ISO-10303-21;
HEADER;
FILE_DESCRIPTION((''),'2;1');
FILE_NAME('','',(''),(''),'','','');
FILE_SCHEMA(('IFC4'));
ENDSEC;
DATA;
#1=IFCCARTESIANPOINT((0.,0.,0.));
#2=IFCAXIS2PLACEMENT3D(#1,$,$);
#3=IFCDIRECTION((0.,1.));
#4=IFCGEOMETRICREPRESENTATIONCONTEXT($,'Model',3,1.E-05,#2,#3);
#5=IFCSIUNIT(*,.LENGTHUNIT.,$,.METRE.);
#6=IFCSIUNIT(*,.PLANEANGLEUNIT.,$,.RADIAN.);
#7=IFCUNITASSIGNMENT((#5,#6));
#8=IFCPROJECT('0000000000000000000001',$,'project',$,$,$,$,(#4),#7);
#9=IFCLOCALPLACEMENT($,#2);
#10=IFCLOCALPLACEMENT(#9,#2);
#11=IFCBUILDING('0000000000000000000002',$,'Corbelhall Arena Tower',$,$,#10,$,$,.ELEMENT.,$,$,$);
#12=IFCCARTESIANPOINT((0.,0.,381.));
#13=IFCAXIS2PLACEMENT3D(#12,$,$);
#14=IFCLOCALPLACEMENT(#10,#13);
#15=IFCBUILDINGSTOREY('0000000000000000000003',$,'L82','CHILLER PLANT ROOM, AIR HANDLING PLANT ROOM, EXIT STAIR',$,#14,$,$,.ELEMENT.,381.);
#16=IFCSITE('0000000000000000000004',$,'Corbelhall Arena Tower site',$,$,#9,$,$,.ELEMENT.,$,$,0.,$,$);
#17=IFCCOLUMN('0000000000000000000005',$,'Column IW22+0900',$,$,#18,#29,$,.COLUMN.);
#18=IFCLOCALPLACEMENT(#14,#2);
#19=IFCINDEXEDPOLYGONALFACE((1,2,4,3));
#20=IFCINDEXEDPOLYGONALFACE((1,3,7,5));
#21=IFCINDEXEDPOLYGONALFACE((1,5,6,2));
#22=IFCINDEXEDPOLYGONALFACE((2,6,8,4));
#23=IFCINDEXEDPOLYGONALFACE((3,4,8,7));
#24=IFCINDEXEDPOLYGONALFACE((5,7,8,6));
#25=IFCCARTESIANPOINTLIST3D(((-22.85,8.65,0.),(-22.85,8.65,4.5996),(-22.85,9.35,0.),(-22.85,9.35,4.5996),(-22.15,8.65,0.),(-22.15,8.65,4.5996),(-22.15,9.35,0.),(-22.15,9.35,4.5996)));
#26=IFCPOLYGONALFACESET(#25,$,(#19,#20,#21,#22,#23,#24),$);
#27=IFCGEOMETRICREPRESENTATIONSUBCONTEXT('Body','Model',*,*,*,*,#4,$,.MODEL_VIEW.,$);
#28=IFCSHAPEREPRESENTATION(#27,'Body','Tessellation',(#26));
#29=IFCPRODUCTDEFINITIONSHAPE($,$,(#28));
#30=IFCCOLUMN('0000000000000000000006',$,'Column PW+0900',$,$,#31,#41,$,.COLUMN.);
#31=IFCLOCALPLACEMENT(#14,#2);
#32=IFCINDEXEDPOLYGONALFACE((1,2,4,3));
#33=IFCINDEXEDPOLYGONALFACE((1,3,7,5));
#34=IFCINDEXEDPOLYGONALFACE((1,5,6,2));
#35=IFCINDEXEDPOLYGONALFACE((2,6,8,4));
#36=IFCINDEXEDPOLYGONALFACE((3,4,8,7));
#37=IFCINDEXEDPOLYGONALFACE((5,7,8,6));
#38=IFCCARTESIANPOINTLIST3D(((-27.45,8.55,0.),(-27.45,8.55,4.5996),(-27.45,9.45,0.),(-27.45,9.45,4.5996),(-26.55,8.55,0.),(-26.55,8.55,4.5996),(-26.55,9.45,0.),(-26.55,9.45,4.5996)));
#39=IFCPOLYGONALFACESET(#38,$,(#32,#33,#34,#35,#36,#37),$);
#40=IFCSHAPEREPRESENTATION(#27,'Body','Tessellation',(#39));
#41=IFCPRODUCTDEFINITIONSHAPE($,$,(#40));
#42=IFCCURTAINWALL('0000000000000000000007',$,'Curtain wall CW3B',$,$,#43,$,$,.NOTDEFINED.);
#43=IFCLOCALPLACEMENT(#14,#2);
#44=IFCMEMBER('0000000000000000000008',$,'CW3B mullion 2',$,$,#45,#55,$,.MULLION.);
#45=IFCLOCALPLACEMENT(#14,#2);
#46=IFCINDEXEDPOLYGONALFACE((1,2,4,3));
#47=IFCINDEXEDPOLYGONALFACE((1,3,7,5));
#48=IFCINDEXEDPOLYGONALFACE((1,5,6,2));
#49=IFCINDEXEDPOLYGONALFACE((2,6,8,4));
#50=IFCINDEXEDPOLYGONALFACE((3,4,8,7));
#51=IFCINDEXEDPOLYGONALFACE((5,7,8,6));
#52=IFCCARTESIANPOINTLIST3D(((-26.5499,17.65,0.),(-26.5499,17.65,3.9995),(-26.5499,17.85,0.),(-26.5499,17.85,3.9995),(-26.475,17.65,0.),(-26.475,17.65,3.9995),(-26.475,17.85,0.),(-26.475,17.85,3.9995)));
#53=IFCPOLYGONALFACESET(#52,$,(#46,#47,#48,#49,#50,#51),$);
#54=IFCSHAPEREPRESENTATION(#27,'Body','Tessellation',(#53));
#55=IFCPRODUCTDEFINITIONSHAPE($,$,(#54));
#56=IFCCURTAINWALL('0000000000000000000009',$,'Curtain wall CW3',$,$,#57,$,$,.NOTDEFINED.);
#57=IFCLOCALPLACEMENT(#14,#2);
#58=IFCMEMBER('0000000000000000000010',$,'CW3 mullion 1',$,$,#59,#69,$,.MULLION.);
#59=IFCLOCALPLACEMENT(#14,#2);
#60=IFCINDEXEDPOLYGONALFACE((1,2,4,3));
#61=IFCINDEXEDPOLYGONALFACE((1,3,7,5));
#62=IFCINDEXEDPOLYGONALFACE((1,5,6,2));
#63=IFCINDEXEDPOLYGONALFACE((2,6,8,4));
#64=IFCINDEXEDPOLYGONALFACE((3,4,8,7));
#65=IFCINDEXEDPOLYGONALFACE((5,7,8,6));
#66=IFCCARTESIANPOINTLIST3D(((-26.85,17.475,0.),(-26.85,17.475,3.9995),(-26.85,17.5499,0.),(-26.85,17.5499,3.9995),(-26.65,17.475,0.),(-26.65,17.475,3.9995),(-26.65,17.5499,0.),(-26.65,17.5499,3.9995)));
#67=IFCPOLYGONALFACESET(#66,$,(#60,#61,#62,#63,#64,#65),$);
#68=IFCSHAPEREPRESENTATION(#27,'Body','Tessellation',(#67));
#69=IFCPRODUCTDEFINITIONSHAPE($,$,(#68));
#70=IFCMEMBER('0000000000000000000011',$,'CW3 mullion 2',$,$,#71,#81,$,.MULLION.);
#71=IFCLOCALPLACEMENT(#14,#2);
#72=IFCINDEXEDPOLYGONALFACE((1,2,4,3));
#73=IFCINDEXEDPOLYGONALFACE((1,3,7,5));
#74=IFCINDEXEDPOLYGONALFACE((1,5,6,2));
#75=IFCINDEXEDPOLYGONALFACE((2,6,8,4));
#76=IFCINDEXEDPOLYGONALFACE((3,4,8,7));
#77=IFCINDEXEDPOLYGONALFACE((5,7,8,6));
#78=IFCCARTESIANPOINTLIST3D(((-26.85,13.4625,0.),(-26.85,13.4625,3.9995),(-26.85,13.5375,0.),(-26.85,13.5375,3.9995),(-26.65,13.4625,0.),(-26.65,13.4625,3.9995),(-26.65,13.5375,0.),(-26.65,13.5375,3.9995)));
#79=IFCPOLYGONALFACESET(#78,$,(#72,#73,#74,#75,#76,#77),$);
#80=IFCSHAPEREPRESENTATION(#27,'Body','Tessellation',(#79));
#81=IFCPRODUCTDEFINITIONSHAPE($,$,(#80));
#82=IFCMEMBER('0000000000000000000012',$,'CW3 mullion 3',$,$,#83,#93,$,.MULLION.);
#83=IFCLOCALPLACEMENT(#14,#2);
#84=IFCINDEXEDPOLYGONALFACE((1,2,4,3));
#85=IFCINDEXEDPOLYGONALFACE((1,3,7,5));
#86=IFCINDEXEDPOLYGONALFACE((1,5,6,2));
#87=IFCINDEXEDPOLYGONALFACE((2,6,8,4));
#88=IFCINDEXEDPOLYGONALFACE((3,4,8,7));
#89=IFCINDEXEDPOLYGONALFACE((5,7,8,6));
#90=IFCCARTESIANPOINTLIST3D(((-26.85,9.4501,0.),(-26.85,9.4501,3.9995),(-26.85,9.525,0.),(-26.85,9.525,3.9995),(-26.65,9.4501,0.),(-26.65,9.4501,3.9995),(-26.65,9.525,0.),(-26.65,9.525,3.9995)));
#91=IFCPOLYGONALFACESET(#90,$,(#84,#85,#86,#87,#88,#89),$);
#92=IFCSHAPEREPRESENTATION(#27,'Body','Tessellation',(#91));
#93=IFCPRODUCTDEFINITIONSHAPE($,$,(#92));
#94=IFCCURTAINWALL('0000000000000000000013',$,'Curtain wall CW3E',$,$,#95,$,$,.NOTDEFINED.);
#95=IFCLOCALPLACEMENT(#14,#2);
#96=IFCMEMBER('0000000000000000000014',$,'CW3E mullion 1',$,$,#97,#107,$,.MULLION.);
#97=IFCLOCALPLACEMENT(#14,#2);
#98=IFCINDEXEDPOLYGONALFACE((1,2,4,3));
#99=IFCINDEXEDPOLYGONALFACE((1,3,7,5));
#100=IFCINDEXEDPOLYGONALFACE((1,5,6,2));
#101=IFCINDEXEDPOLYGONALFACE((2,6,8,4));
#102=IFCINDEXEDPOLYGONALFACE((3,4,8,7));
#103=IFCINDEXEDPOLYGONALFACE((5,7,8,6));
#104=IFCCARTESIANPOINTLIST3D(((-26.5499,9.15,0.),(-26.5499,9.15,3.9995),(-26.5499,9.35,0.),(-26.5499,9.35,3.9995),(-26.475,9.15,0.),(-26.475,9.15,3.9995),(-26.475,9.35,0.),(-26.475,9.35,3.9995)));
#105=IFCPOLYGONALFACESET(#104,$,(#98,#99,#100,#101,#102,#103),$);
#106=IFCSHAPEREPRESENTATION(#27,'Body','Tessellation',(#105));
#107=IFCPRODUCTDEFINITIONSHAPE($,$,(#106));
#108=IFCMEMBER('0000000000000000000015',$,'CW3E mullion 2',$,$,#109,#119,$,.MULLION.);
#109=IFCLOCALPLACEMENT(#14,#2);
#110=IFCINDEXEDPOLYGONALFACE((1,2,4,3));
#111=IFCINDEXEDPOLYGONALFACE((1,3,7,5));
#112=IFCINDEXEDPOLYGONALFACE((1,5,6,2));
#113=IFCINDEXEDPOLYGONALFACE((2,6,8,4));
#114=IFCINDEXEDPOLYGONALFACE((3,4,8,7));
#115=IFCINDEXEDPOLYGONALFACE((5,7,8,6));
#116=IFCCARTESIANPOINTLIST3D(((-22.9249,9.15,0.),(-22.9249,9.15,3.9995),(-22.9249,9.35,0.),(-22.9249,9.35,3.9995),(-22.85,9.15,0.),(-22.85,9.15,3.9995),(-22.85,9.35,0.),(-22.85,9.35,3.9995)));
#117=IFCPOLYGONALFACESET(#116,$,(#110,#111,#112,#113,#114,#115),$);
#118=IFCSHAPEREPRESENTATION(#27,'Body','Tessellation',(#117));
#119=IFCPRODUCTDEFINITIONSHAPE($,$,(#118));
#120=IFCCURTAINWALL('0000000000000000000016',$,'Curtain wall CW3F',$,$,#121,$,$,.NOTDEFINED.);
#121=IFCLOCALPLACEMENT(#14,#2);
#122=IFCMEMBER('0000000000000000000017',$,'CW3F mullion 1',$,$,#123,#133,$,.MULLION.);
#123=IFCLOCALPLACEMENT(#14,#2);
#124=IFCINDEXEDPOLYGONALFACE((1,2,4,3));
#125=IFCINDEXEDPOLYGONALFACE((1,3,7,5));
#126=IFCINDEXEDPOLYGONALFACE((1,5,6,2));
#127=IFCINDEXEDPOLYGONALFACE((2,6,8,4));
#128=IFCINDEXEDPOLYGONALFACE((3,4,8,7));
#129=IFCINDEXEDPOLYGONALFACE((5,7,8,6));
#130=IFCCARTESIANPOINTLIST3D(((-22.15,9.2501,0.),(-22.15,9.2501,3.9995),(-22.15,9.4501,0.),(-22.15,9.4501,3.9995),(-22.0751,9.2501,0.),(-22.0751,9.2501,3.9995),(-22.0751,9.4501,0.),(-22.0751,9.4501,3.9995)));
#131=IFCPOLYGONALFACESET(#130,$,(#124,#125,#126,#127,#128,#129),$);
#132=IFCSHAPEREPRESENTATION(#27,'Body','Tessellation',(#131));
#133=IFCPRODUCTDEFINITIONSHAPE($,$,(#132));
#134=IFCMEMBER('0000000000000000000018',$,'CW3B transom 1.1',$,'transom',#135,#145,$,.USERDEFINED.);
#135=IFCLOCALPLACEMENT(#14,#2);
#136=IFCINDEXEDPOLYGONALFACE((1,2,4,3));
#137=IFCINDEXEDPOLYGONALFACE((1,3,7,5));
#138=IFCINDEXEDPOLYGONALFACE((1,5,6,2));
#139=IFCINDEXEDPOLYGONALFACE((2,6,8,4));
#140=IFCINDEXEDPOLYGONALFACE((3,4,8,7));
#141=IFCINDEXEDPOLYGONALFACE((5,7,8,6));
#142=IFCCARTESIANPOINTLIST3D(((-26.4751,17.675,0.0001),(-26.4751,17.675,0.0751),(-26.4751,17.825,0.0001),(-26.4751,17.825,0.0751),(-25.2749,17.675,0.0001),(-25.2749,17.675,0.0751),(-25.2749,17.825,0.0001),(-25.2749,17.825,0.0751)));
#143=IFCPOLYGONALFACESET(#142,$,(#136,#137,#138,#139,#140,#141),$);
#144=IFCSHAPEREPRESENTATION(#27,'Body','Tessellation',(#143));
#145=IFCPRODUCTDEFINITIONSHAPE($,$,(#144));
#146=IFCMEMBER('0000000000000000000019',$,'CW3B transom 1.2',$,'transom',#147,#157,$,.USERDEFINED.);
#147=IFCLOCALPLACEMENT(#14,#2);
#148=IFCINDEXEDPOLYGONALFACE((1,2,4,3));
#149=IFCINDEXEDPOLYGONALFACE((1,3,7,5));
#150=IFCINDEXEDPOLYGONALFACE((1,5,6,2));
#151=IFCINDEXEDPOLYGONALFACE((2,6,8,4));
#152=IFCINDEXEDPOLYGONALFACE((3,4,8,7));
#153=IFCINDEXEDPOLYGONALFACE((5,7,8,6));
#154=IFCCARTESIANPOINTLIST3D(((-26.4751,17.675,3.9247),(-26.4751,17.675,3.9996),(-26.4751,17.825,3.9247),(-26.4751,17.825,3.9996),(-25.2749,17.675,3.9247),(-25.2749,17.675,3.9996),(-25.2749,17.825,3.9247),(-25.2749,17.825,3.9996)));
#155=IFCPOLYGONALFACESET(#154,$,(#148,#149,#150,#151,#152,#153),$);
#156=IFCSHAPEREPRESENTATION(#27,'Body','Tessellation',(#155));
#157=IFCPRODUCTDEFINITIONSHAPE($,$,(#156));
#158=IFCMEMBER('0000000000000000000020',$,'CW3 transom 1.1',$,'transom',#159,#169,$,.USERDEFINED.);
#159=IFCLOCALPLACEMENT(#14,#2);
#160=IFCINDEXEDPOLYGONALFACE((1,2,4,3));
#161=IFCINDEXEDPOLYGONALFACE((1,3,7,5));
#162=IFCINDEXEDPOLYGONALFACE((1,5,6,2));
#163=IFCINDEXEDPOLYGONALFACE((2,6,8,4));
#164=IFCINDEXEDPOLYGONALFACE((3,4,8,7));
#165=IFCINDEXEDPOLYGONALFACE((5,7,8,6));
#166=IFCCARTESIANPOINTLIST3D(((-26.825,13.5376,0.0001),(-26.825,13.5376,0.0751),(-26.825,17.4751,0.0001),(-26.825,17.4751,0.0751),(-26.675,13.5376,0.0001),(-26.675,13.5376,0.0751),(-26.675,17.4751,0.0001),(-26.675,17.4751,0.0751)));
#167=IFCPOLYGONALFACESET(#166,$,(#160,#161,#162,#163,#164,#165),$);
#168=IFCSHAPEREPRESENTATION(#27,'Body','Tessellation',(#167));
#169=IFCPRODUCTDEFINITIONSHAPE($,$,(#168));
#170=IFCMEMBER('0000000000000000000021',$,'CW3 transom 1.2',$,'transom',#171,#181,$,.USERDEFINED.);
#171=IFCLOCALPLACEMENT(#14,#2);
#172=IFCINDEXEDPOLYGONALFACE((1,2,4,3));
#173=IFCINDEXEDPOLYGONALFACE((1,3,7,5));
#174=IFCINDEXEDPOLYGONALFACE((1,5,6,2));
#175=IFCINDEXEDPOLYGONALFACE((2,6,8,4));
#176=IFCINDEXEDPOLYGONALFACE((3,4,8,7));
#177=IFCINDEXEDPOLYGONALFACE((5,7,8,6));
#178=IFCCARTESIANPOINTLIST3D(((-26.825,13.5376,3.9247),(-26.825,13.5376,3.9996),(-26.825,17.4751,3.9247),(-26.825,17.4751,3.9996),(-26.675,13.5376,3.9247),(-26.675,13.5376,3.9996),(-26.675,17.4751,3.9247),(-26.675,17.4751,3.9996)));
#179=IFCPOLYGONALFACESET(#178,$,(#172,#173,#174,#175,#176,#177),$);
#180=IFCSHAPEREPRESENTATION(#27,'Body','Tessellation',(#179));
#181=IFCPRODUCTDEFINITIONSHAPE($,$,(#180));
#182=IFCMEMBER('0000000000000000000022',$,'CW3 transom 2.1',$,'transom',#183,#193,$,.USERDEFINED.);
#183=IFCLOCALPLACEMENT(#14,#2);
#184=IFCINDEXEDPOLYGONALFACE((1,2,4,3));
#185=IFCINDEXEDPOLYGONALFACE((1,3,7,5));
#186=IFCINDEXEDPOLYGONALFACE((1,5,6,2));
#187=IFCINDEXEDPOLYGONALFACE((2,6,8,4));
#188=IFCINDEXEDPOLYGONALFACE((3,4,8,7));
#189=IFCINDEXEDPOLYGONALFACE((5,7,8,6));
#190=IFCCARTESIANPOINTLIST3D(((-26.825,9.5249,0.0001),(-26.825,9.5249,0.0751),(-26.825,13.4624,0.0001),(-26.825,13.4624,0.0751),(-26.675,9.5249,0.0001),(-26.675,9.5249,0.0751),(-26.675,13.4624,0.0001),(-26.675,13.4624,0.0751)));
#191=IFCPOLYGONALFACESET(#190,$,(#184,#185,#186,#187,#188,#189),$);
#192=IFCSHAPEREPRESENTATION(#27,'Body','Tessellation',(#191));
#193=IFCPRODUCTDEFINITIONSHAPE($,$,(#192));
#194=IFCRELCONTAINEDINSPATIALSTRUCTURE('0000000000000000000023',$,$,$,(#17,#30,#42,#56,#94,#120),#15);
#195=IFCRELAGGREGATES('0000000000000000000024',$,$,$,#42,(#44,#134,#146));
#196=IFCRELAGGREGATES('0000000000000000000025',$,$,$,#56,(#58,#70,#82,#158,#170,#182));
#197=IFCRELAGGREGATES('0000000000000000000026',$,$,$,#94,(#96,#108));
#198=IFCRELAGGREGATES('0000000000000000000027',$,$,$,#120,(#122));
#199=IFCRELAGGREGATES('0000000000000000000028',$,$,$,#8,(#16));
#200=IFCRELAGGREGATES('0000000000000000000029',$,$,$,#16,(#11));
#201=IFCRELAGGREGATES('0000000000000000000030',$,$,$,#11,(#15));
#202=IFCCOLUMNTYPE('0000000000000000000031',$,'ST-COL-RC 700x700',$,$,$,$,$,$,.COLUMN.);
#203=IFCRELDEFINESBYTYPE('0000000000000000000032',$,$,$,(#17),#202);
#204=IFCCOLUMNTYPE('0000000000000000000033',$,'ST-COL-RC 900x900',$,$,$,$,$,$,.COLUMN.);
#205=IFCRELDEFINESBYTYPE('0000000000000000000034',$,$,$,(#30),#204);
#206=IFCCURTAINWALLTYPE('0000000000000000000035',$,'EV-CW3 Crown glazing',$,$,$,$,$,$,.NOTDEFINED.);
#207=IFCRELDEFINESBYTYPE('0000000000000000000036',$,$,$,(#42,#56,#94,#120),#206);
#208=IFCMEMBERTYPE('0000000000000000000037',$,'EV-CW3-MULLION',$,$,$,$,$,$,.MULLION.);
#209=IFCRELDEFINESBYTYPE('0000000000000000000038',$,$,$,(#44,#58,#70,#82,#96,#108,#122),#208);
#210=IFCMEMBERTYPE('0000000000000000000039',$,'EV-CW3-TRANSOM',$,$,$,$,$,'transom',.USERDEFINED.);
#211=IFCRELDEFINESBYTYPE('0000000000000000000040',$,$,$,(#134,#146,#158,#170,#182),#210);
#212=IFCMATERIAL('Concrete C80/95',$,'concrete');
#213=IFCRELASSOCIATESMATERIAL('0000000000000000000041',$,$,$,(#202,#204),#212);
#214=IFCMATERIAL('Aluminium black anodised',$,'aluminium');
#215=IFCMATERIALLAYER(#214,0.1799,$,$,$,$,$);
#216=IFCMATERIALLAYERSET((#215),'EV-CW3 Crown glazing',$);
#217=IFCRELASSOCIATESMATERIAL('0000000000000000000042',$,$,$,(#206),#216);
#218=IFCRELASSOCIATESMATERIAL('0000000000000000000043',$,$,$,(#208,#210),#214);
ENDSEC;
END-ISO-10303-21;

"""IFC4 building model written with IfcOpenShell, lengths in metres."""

from ifc_helpers import new_model, si_unit, direction, frame, origin, origin_2d, place, context, subcontext, project, spatial, rectangle, extrude, material, layer, layer_set, material_profile, profile_set, type_object, element, aggregate, save


model = new_model("IFC4")

# Units and contexts
model_context = context("Model", 3, precision=1e-05, world=origin(), true_north=direction((0.0, 1.0)))
body_context = subcontext(model_context, "Body", "Model", "MODEL_VIEW")
ifc_project = project(units=[si_unit("LENGTHUNIT", "METRE"), si_unit("PLANEANGLEUNIT", "RADIAN")], contexts=[model_context])

# Site, building, storey
site_placement = place(None, origin())
site = spatial("IfcSite", under=ifc_project, at=site_placement, Name="Corbelhall Arena Tower site", CompositionType="ELEMENT", RefElevation=0.0)
building_placement = place(site_placement, origin())
building = spatial("IfcBuilding", under=site, at=building_placement, Name="Corbelhall Arena Tower", CompositionType="ELEMENT")
storey_placement = place(building_placement, frame((0.0, 0.0, 381.0)))
storey = spatial("IfcBuildingStorey", under=building, at=storey_placement, Name="L82", Description="CHILLER PLANT ROOM, AIR HANDLING PLANT ROOM, EXIT STAIR", CompositionType="ELEMENT", Elevation=381.0)

# Columns
ifc_material_1 = material(Name="Concrete C80/95", Category="concrete")
ifc_material_profile_1 = material_profile(ifc_material_1, rectangle(XDim=0.7, YDim=0.7, at=origin_2d()))
ifc_profile_set_1 = profile_set([ifc_material_profile_1], Name="Concrete C80/95")
column_type_1 = type_object("IfcColumnType", Name="ST-COL-RC 700x700", PredefinedType="COLUMN", material=ifc_profile_set_1)
column_1_placement = place(storey_placement, frame((-22.5, 9.0, 0.0), z_axis=(0.0, 0.0, 1.0), x_axis=(1.0, 0.0, 0.0)))
element("IfcColumn", 1, at=column_1_placement, inside=storey, type_object=column_type_1, Name="Column IW22+0900", PredefinedType="COLUMN", context=body_context, shape_type="SweptSolid", body=[
    extrude(rectangle(XDim=0.7, YDim=0.7, at=origin_2d()), origin(), (0.0, 0.0, 1.0), 4.5996),
])
ifc_material_profile_2 = material_profile(ifc_material_1, rectangle(XDim=0.8999, YDim=0.8999, at=origin_2d()))
ifc_profile_set_2 = profile_set([ifc_material_profile_2], Name="Concrete C80/95")
column_type_2 = type_object("IfcColumnType", Name="ST-COL-RC 900x900", PredefinedType="COLUMN", material=ifc_profile_set_2)
column_2_placement = place(storey_placement, frame((-27.0, 9.0, 0.0), z_axis=(0.0, 0.0, 1.0), x_axis=(0.0, 1.0, 0.0)))
element("IfcColumn", 2, at=column_2_placement, inside=storey, type_object=column_type_2, Name="Column PW+0900", PredefinedType="COLUMN", context=body_context, shape_type="SweptSolid", body=[
    extrude(rectangle(XDim=0.8999, YDim=0.8999, at=origin_2d()), origin(), (0.0, 0.0, 1.0), 4.5996),
])

# Curtain wall, member
ifc_material_2 = material(Name="Aluminium black anodised", Category="aluminium")
ifc_layer_1 = layer(ifc_material_2, 0.1799)
ifc_layer_set_1 = layer_set([ifc_layer_1], Name="EV-CW3 Crown glazing")
curtain_wall_type = type_object("IfcCurtainWallType", Name="EV-CW3 Crown glazing", PredefinedType="NOTDEFINED", material=ifc_layer_set_1)
curtain_wall_1_placement = place(storey_placement, origin())
curtain_wall_1 = element("IfcCurtainWall", 3, at=curtain_wall_1_placement, inside=storey, type_object=curtain_wall_type, Name="Curtain wall CW3B", PredefinedType="NOTDEFINED")
ifc_material_profile_3 = material_profile(ifc_material_2, rectangle(XDim=0.2, YDim=0.075, at=origin_2d()))
ifc_profile_set_3 = profile_set([ifc_material_profile_3], Name="Aluminium black anodised")
member_type_1 = type_object("IfcMemberType", Name="EV-CW3-MULLION", PredefinedType="MULLION", material=ifc_profile_set_3)
member_1_placement = place(storey_placement, frame((-26.5125, 17.75, 0.0), z_axis=(0.0, 0.0, 1.0), x_axis=(0.0, -1.0, 0.0)))
member_1 = element("IfcMember", 4, at=member_1_placement, type_object=member_type_1, Name="CW3B mullion 2", PredefinedType="MULLION", context=body_context, shape_type="SweptSolid", body=[
    extrude(rectangle(XDim=0.2, YDim=0.075, at=origin_2d()), origin(), (0.0, 0.0, 1.0), 3.9995),
])

# Curtain walls, members
curtain_wall_2_placement = place(storey_placement, origin())
curtain_wall_2 = element("IfcCurtainWall", 5, at=curtain_wall_2_placement, inside=storey, type_object=curtain_wall_type, Name="Curtain wall CW3", PredefinedType="NOTDEFINED")
member_2_placement = place(storey_placement, frame((-26.75, 17.5125, 0.0), z_axis=(0.0, 0.0, 1.0), x_axis=(1.0, 0.0, 0.0)))
member_2 = element("IfcMember", 6, at=member_2_placement, type_object=member_type_1, Name="CW3 mullion 1", PredefinedType="MULLION", context=body_context, shape_type="SweptSolid", body=[
    extrude(rectangle(XDim=0.2, YDim=0.075, at=origin_2d()), origin(), (0.0, 0.0, 1.0), 3.9995),
])
member_3_placement = place(storey_placement, frame((-26.75, 13.5, 0.0), z_axis=(0.0, 0.0, 1.0), x_axis=(1.0, 0.0, 0.0)))
member_3 = element("IfcMember", 7, at=member_3_placement, type_object=member_type_1, Name="CW3 mullion 2", PredefinedType="MULLION", context=body_context, shape_type="SweptSolid", body=[
    extrude(rectangle(XDim=0.2, YDim=0.075, at=origin_2d()), origin(), (0.0, 0.0, 1.0), 3.9995),
])
member_4_placement = place(storey_placement, frame((-26.75, 9.4875, 0.0), z_axis=(0.0, 0.0, 1.0), x_axis=(1.0, 0.0, 0.0)))
member_4 = element("IfcMember", 8, at=member_4_placement, type_object=member_type_1, Name="CW3 mullion 3", PredefinedType="MULLION", context=body_context, shape_type="SweptSolid", body=[
    extrude(rectangle(XDim=0.2, YDim=0.075, at=origin_2d()), origin(), (0.0, 0.0, 1.0), 3.9995),
])
curtain_wall_3_placement = place(storey_placement, origin())
curtain_wall_3 = element("IfcCurtainWall", 9, at=curtain_wall_3_placement, inside=storey, type_object=curtain_wall_type, Name="Curtain wall CW3E", PredefinedType="NOTDEFINED")
member_5_placement = place(storey_placement, frame((-26.5125, 9.25, 0.0), z_axis=(0.0, 0.0, 1.0), x_axis=(0.0, 1.0, 0.0)))
member_5 = element("IfcMember", 10, at=member_5_placement, type_object=member_type_1, Name="CW3E mullion 1", PredefinedType="MULLION", context=body_context, shape_type="SweptSolid", body=[
    extrude(rectangle(XDim=0.2, YDim=0.075, at=origin_2d()), origin(), (0.0, 0.0, 1.0), 3.9995),
])
member_6_placement = place(storey_placement, frame((-22.8875, 9.25, 0.0), z_axis=(0.0, 0.0, 1.0), x_axis=(0.0, 1.0, 0.0)))
member_6 = element("IfcMember", 11, at=member_6_placement, type_object=member_type_1, Name="CW3E mullion 2", PredefinedType="MULLION", context=body_context, shape_type="SweptSolid", body=[
    extrude(rectangle(XDim=0.2, YDim=0.075, at=origin_2d()), origin(), (0.0, 0.0, 1.0), 3.9995),
])

# Curtain wall, member
curtain_wall_4_placement = place(storey_placement, origin())
curtain_wall_4 = element("IfcCurtainWall", 12, at=curtain_wall_4_placement, inside=storey, type_object=curtain_wall_type, Name="Curtain wall CW3F", PredefinedType="NOTDEFINED")
member_7_placement = place(storey_placement, frame((-22.1125, 9.3501, 0.0), z_axis=(0.0, 0.0, 1.0), x_axis=(0.0, 1.0, 0.0)))
member_7 = element("IfcMember", 13, at=member_7_placement, type_object=member_type_1, Name="CW3F mullion 1", PredefinedType="MULLION", context=body_context, shape_type="SweptSolid", body=[
    extrude(rectangle(XDim=0.2, YDim=0.075, at=origin_2d()), origin(), (0.0, 0.0, 1.0), 3.9995),
])

# Members
ifc_material_profile_4 = material_profile(ifc_material_2, rectangle(XDim=0.1499, YDim=0.075, at=origin_2d()))
ifc_profile_set_4 = profile_set([ifc_material_profile_4], Name="Aluminium black anodised")
member_type_2 = type_object("IfcMemberType", Name="EV-CW3-TRANSOM", ElementType="transom", PredefinedType="USERDEFINED", material=ifc_profile_set_4)
member_8_placement = place(storey_placement, frame((-25.2749, 17.75, 0.0376), z_axis=(-1.0, 0.0, 0.0), x_axis=(0.0, -1.0, 0.0)))
member_8 = element("IfcMember", 14, at=member_8_placement, type_object=member_type_2, Name="CW3B transom 1.1", ObjectType="transom", PredefinedType="USERDEFINED", context=body_context, shape_type="SweptSolid", body=[
    extrude(rectangle(XDim=0.1499, YDim=0.075, at=origin_2d()), origin(), (0.0, 0.0, 1.0), 1.2002),
])
member_9_placement = place(storey_placement, frame((-25.2749, 17.75, 3.9622), z_axis=(-1.0, 0.0, 0.0), x_axis=(0.0, -1.0, 0.0)))
member_9 = element("IfcMember", 15, at=member_9_placement, type_object=member_type_2, Name="CW3B transom 1.2", ObjectType="transom", PredefinedType="USERDEFINED", context=body_context, shape_type="SweptSolid", body=[
    extrude(rectangle(XDim=0.1499, YDim=0.075, at=origin_2d()), origin(), (0.0, 0.0, 1.0), 1.2002),
])
member_10_placement = place(storey_placement, frame((-26.75, 17.4751, 0.0376), z_axis=(0.0, -1.0, 0.0), x_axis=(1.0, 0.0, 0.0)))
member_10 = element("IfcMember", 16, at=member_10_placement, type_object=member_type_2, Name="CW3 transom 1.1", ObjectType="transom", PredefinedType="USERDEFINED", context=body_context, shape_type="SweptSolid", body=[
    extrude(rectangle(XDim=0.1499, YDim=0.075, at=origin_2d()), origin(), (0.0, 0.0, 1.0), 3.9375),
])
member_11_placement = place(storey_placement, frame((-26.75, 17.4751, 3.9622), z_axis=(0.0, -1.0, 0.0), x_axis=(1.0, 0.0, 0.0)))
member_11 = element("IfcMember", 17, at=member_11_placement, type_object=member_type_2, Name="CW3 transom 1.2", ObjectType="transom", PredefinedType="USERDEFINED", context=body_context, shape_type="SweptSolid", body=[
    extrude(rectangle(XDim=0.1499, YDim=0.075, at=origin_2d()), origin(), (0.0, 0.0, 1.0), 3.9375),
])
member_12_placement = place(storey_placement, frame((-26.75, 13.4624, 0.0376), z_axis=(0.0, -1.0, 0.0), x_axis=(1.0, 0.0, 0.0)))
member_12 = element("IfcMember", 18, at=member_12_placement, type_object=member_type_2, Name="CW3 transom 2.1", ObjectType="transom", PredefinedType="USERDEFINED", context=body_context, shape_type="SweptSolid", body=[
    extrude(rectangle(XDim=0.1499, YDim=0.075, at=origin_2d()), origin(), (0.0, 0.0, 1.0), 3.9375),
])

aggregate(curtain_wall_1, [member_1, member_8, member_9])
aggregate(curtain_wall_2, [member_2, member_3, member_4, member_10, member_11, member_12])
aggregate(curtain_wall_3, [member_5, member_6])
aggregate(curtain_wall_4, [member_7])

save(model, "model.ifc")
